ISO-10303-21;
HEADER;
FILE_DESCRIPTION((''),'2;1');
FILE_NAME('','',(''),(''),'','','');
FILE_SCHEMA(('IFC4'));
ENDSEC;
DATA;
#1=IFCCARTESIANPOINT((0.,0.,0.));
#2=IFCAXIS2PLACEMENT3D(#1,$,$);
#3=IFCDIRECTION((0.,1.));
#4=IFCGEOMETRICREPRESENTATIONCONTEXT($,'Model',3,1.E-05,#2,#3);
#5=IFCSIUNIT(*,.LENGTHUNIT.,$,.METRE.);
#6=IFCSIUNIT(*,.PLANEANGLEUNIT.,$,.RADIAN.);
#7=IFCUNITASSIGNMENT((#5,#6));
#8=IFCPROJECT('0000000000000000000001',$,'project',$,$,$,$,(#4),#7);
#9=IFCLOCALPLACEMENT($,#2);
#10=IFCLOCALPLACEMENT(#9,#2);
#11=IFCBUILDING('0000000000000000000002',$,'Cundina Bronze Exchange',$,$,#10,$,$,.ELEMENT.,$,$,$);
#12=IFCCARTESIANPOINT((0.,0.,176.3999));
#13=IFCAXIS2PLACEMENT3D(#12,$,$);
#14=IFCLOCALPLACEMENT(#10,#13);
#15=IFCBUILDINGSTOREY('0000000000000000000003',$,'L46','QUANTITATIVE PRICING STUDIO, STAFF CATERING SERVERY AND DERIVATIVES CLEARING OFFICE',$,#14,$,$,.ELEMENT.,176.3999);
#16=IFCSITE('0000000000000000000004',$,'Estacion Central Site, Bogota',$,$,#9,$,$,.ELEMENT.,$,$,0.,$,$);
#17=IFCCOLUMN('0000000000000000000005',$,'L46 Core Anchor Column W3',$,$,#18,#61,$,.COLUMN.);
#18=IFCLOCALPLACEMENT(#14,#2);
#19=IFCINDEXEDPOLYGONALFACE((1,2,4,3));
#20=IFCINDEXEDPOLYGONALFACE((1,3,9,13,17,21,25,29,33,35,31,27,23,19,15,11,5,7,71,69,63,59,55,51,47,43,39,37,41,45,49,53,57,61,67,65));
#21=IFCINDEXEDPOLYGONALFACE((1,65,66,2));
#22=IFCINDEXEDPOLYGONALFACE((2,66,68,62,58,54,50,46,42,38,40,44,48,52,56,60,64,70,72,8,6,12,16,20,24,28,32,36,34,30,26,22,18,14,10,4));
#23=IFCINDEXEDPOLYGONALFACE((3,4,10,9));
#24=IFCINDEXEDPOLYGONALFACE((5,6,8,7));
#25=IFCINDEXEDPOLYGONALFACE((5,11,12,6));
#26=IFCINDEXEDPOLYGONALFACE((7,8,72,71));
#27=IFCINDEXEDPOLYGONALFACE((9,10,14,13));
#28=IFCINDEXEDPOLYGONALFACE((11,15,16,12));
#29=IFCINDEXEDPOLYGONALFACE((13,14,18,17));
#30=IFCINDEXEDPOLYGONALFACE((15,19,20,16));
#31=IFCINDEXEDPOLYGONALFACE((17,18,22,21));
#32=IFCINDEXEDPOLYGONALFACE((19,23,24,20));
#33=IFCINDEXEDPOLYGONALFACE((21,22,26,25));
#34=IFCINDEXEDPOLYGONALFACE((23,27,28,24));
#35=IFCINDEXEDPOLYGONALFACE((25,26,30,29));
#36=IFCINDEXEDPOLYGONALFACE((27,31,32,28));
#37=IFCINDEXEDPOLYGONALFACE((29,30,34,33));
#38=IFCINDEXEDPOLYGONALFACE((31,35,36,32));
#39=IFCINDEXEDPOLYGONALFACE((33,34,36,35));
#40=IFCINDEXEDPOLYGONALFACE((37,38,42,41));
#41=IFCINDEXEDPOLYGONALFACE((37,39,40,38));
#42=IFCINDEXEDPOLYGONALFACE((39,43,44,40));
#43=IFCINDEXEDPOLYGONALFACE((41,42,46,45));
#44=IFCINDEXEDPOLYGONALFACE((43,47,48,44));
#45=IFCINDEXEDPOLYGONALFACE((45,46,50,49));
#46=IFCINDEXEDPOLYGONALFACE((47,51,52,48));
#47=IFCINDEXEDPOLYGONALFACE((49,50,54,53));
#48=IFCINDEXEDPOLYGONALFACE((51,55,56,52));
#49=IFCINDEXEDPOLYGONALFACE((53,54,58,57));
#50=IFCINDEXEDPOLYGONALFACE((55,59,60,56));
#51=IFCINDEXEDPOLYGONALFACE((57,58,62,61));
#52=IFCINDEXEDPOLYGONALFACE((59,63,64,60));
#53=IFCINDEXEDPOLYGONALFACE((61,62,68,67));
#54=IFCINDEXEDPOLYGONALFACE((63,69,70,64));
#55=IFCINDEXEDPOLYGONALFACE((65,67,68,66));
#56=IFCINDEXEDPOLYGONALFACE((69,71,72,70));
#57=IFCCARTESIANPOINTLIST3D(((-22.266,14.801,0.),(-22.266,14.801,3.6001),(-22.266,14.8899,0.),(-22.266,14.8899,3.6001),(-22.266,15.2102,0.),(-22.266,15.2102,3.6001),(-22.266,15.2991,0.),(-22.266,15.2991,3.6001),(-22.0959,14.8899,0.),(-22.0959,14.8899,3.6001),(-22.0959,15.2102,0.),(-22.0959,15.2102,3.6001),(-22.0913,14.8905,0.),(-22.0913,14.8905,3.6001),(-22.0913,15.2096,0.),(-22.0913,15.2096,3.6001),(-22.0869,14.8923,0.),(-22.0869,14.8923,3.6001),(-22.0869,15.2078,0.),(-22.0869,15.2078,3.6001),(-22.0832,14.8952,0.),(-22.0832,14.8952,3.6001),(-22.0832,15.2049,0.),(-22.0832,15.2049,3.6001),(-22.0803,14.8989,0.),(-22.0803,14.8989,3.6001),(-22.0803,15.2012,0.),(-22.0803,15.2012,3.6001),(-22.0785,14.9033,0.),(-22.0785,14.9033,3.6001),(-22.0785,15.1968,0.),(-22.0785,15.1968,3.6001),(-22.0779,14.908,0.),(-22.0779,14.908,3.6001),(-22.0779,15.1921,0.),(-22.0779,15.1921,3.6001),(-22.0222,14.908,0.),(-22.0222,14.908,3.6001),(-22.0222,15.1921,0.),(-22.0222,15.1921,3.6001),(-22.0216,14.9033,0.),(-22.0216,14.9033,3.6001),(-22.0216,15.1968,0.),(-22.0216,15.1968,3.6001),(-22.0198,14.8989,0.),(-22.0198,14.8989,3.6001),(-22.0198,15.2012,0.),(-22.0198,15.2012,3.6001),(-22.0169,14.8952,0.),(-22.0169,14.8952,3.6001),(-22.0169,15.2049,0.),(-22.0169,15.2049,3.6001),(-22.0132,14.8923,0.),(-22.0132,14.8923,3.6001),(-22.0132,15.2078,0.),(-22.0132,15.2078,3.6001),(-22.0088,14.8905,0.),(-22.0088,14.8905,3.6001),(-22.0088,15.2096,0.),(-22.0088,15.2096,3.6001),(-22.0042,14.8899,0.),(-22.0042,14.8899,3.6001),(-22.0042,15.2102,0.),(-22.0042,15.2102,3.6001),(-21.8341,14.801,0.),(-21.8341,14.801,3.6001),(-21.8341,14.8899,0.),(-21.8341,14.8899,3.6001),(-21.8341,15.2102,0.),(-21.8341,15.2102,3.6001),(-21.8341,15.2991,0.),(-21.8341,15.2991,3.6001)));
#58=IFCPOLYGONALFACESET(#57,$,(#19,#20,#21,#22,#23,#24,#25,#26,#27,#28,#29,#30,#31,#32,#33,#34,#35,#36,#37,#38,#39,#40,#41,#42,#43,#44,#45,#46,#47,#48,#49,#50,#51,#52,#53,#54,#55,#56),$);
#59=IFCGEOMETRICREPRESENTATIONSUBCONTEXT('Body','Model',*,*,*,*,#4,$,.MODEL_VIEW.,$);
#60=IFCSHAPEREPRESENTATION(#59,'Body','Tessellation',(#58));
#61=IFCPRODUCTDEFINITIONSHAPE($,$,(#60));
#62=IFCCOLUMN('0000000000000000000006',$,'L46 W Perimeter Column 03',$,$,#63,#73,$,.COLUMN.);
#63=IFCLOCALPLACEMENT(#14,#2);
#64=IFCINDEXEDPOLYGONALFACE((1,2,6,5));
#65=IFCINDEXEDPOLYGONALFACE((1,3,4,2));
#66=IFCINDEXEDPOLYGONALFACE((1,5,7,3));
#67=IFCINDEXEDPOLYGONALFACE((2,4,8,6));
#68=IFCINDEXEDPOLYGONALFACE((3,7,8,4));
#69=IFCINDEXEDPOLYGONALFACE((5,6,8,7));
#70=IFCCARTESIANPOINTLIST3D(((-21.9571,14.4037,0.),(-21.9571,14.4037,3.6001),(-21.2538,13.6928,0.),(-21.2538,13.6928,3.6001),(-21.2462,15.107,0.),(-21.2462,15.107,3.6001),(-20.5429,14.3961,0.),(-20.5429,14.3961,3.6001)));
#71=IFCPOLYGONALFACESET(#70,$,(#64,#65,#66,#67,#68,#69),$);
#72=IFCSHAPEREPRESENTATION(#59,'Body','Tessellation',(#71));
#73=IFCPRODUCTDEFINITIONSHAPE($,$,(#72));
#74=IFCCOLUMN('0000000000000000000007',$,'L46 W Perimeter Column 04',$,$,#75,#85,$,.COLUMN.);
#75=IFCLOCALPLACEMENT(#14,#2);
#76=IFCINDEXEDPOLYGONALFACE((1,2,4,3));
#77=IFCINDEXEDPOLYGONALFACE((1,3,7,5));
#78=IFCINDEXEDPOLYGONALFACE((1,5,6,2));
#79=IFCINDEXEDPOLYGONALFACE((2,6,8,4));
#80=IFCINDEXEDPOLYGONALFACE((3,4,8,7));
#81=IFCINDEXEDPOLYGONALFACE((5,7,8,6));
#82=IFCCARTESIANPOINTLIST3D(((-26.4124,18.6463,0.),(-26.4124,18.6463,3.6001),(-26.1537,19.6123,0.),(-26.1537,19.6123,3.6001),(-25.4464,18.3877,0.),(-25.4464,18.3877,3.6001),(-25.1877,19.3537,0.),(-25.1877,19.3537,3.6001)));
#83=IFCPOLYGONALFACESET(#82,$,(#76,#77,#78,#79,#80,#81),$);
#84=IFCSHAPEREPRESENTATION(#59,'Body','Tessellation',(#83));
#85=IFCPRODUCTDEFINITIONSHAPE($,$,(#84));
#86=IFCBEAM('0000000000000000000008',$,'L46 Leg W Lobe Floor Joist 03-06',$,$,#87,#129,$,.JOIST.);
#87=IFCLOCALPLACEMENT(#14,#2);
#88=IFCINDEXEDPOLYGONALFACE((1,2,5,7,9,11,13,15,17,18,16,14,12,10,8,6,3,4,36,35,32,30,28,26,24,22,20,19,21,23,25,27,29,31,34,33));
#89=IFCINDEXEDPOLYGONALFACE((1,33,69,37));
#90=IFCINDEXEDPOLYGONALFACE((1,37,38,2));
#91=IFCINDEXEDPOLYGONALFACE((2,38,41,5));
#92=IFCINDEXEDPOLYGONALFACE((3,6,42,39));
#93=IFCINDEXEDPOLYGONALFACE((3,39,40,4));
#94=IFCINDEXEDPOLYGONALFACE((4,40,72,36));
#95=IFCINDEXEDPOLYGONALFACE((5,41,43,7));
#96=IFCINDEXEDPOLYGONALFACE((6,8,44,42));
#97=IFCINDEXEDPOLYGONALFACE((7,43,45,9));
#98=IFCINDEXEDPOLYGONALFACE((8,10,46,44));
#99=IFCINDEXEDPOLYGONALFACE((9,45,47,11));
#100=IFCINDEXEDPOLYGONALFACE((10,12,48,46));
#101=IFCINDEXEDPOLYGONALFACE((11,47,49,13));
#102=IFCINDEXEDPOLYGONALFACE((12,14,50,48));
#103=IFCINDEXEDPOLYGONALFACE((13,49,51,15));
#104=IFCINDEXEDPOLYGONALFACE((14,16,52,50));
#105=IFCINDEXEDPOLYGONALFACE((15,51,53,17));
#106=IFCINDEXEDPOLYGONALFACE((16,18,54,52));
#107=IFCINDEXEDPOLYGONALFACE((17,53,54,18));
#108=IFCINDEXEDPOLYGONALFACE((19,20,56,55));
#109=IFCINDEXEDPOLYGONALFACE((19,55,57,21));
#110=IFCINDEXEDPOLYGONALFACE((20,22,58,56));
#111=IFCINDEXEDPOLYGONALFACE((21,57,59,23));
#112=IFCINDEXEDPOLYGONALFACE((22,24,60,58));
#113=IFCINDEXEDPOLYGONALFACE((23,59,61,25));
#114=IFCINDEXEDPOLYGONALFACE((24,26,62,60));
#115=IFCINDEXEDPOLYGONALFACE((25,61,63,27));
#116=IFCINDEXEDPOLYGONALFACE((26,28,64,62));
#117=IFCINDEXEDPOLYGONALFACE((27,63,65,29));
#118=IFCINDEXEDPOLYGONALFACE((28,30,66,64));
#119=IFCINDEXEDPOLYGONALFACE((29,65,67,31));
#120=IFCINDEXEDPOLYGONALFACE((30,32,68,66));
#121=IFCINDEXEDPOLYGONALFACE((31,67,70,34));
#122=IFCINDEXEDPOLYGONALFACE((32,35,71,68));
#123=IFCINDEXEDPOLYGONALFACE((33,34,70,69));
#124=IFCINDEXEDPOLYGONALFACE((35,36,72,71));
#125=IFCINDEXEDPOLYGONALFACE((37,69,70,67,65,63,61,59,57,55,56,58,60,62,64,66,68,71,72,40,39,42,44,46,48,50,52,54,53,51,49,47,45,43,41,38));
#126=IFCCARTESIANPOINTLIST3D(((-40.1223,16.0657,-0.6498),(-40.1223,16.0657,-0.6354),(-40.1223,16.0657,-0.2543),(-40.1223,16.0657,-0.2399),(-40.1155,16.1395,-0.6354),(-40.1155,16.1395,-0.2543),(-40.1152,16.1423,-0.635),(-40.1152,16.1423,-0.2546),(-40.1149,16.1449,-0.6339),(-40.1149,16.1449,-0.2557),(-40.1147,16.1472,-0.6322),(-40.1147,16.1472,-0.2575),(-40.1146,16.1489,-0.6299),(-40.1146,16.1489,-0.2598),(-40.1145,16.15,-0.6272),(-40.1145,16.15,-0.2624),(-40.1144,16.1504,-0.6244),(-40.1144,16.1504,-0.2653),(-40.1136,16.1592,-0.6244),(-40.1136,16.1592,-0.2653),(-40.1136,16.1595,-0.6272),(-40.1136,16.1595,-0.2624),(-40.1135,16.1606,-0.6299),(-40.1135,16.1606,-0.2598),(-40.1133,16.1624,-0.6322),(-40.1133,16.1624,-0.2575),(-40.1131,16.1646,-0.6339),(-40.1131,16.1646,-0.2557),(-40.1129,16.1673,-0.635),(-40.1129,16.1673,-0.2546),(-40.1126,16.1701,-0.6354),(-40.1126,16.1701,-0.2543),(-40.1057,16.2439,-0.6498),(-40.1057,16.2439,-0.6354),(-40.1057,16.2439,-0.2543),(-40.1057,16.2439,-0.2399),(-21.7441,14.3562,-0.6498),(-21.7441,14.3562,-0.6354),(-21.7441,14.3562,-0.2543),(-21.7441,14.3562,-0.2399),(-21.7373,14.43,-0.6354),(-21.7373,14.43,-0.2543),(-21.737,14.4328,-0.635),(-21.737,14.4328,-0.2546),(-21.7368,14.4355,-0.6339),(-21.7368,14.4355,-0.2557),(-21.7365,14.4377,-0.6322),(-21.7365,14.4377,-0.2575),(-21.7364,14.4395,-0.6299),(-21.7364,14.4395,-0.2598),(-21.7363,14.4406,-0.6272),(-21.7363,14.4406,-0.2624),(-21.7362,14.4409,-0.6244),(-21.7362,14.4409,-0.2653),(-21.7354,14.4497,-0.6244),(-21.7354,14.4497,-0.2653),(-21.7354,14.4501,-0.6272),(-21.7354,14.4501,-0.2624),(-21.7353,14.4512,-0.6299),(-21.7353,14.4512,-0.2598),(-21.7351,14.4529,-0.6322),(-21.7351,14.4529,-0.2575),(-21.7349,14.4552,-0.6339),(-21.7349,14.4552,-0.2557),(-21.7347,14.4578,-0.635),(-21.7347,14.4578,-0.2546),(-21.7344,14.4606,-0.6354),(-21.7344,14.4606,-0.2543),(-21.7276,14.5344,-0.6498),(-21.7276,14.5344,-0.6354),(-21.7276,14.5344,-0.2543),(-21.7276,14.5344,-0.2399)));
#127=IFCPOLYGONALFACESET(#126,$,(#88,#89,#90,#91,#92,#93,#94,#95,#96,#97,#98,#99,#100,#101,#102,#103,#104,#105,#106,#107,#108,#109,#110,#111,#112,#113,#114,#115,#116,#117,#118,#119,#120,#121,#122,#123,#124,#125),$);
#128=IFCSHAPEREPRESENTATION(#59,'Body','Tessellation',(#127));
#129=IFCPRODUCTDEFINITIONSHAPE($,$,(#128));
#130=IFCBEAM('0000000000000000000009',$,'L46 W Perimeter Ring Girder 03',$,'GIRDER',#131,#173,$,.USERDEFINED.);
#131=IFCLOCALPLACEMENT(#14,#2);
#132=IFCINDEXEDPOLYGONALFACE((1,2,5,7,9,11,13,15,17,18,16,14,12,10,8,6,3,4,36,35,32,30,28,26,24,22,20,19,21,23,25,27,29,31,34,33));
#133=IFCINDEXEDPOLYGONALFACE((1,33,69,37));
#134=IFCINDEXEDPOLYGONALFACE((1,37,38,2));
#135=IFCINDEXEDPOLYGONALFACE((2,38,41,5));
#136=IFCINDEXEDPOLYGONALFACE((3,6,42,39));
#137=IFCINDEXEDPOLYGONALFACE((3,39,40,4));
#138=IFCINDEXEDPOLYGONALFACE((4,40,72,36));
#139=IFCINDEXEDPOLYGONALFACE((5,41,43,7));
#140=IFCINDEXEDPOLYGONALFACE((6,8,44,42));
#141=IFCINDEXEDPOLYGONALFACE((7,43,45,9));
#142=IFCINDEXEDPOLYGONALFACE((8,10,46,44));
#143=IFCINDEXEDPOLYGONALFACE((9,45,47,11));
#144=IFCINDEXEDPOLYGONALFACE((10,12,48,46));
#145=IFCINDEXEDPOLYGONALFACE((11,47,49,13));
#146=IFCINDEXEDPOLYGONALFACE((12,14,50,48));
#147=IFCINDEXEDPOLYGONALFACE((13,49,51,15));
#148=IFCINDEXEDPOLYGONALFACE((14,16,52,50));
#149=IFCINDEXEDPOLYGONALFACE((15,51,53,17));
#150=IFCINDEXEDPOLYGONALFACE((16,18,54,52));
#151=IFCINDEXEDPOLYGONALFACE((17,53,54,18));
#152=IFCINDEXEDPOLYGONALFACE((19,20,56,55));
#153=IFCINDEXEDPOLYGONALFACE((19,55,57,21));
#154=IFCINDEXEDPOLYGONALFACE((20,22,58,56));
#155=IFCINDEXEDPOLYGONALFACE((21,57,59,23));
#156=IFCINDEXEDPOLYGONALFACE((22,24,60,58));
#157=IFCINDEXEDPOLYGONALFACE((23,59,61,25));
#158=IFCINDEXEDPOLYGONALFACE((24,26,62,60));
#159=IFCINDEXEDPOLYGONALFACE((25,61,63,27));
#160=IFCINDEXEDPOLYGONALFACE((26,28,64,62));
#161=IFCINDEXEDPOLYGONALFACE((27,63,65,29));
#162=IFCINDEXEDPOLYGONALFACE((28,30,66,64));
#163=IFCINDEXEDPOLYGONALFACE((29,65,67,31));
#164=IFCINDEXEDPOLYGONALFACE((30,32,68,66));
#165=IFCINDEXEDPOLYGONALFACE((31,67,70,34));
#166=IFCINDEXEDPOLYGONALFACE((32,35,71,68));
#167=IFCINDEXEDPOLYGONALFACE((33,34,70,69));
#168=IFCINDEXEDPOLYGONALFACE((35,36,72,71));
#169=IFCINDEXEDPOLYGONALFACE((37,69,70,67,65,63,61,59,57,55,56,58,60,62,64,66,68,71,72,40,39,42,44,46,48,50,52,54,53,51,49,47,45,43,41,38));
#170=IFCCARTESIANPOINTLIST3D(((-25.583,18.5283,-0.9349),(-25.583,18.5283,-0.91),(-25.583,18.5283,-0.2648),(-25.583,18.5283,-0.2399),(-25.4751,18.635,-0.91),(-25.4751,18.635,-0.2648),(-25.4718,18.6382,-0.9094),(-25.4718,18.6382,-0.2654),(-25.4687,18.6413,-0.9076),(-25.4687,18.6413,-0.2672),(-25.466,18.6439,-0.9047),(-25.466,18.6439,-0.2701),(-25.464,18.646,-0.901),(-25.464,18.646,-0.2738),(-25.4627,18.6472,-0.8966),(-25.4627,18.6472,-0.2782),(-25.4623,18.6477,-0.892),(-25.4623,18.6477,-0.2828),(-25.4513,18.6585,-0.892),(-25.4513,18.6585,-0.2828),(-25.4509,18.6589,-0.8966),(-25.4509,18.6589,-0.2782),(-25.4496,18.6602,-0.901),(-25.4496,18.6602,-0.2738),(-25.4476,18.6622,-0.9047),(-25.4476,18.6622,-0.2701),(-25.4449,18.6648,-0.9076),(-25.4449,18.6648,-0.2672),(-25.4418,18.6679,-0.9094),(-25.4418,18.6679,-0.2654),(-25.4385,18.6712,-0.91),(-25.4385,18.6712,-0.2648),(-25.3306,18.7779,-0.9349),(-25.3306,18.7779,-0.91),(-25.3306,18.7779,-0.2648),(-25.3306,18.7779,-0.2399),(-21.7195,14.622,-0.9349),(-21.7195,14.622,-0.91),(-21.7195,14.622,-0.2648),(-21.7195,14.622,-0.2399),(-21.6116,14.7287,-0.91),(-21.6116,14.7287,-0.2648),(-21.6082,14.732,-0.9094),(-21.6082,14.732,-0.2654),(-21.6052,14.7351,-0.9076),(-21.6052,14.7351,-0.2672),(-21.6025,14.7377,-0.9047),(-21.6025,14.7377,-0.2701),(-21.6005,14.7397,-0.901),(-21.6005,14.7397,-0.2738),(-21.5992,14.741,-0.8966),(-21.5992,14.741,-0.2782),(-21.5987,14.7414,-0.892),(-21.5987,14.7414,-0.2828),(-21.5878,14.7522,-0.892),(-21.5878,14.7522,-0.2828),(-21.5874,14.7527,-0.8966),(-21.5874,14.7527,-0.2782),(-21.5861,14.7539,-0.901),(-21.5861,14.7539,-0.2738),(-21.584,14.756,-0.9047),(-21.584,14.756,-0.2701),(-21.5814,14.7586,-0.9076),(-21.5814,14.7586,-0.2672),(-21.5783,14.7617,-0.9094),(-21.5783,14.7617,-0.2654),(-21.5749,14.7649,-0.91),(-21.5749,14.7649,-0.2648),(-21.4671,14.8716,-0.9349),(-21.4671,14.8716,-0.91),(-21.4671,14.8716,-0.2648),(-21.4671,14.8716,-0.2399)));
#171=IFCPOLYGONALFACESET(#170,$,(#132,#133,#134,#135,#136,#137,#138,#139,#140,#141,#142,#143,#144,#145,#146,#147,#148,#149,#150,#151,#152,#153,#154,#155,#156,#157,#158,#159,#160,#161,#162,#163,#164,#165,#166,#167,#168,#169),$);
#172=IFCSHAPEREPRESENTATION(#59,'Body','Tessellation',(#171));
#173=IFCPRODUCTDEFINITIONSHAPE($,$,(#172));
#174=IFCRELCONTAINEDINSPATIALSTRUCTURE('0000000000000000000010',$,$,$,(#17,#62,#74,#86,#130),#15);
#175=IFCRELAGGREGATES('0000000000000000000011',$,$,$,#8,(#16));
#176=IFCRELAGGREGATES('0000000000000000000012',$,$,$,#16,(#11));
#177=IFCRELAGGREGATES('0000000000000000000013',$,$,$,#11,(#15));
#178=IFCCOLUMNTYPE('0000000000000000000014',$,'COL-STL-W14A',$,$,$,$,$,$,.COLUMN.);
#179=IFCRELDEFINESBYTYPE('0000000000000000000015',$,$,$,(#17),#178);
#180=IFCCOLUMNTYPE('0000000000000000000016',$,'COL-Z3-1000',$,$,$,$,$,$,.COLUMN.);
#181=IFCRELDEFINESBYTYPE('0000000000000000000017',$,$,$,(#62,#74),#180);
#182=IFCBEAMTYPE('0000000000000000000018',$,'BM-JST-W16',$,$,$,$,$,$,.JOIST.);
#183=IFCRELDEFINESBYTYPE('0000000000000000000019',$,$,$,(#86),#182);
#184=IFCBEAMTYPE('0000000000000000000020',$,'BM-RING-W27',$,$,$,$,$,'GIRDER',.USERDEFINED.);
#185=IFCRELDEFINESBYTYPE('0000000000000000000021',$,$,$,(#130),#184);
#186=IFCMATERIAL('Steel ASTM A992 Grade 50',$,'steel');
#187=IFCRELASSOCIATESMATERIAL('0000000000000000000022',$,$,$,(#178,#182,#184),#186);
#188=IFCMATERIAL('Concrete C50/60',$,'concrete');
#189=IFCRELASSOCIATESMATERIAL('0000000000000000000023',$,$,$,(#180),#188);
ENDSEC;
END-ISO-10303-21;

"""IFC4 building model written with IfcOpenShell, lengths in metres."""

from ifc_helpers import new_model, si_unit, direction, frame, origin, origin_2d, place, context, subcontext, project, spatial, rectangle, i_section, extrude, material, material_profile, profile_set, type_object, element, save


model = new_model("IFC4")

# Units and contexts
model_context = context("Model", 3, precision=1e-05, world=origin(), true_north=direction((0.0, 1.0)))
body_context = subcontext(model_context, "Body", "Model", "MODEL_VIEW")
ifc_project = project(units=[si_unit("LENGTHUNIT", "METRE"), si_unit("PLANEANGLEUNIT", "RADIAN")], contexts=[model_context])

# Site, building, storey
site_placement = place(None, origin())
site = spatial("IfcSite", under=ifc_project, at=site_placement, Name="Estacion Central Site, Bogota", CompositionType="ELEMENT", RefElevation=0.0)
building_placement = place(site_placement, origin())
building = spatial("IfcBuilding", under=site, at=building_placement, Name="Cundina Bronze Exchange", CompositionType="ELEMENT")
storey_placement = place(building_placement, frame((0.0, 0.0, 176.3999)))
storey = spatial("IfcBuildingStorey", under=building, at=storey_placement, Name="L46", Description="QUANTITATIVE PRICING STUDIO, STAFF CATERING SERVERY AND DERIVATIVES CLEARING OFFICE", CompositionType="ELEMENT", Elevation=176.3999)

# Columns
ifc_material_1 = material(Name="Steel ASTM A992 Grade 50", Category="steel")
ifc_material_profile_1 = material_profile(ifc_material_1, i_section(OverallWidth=0.4319, OverallDepth=0.498, WebThickness=0.0557, FlangeThickness=0.0889, FilletRadius=0.0181, at=origin_2d()), Name="W14X500", Category="steel")
ifc_profile_set_1 = profile_set([ifc_material_profile_1], Name="Steel ASTM A992 Grade 50")
column_type_1 = type_object("IfcColumnType", Name="COL-STL-W14A", PredefinedType="COLUMN", material=ifc_profile_set_1)
column_placement = place(storey_placement, frame((-22.05, 15.05, 0.0), z_axis=(0.0, 0.0, 1.0), x_axis=(1.0, 0.0, 0.0)))
element("IfcColumn", 1, at=column_placement, inside=storey, type_object=column_type_1, Name="L46 Core Anchor Column W3", PredefinedType="COLUMN", context=body_context, shape_type="SweptSolid", body=[
    extrude(i_section(OverallWidth=0.4319, OverallDepth=0.498, WebThickness=0.0557, FlangeThickness=0.0889, FilletRadius=0.0181, at=origin_2d()), origin(), (0.0, 0.0, 1.0), 3.6001),
])
ifc_material_2 = material(Name="Concrete C50/60", Category="concrete")
ifc_material_profile_2 = material_profile(ifc_material_2, rectangle(XDim=1.0, YDim=1.0, at=origin_2d()), Name="RC1000X1000", Category="concrete")
ifc_profile_set_2 = profile_set([ifc_material_profile_2], Name="Concrete C50/60")
column_type_2 = type_object("IfcColumnType", Name="COL-Z3-1000", PredefinedType="COLUMN", material=ifc_profile_set_2)
for number, where, z_axis, x_axis, name in (
    (2, (-21.25, 14.3999, 0.0), (0.0, 0.0, 1.0), (-0.703271, 0.710922, 0.0), "L46 W Perimeter Column 03"),
    (3, (-25.8, 19.0, 0.0), (0.0, 0.0, 1.0), (-0.965971, 0.25865, 0.0), "L46 W Perimeter Column 04"),
):
    element("IfcColumn", number, at=place(storey_placement, frame(where, z_axis=z_axis, x_axis=x_axis)), inside=storey, type_object=column_type_2, Name=name, PredefinedType="COLUMN", context=body_context, shape_type="SweptSolid", body=[
        extrude(rectangle(XDim=1.0, YDim=1.0, at=origin_2d()), origin(), (0.0, 0.0, 1.0), 3.6001),
    ])

# Beams
ifc_material_profile_3 = material_profile(ifc_material_1, i_section(OverallWidth=0.179, OverallDepth=0.4099, WebThickness=0.0088, FlangeThickness=0.0144, FilletRadius=0.011, at=origin_2d()), Name="W16X45", Category="steel")
ifc_profile_set_3 = profile_set([ifc_material_profile_3], Name="Steel ASTM A992 Grade 50")
beam_type_1 = type_object("IfcBeamType", Name="BM-JST-W16", PredefinedType="JOIST", material=ifc_profile_set_3)
beam_1_placement = place(storey_placement, frame((-21.7358, 14.4453, -0.4448), z_axis=(-0.995702, 0.092617, 0.0), x_axis=(-0.092617, -0.995702, 0.0)))
element("IfcBeam", 4, at=beam_1_placement, inside=storey, type_object=beam_type_1, Name="L46 Leg W Lobe Floor Joist 03-06", PredefinedType="JOIST", context=body_context, shape_type="SweptSolid", body=[
    extrude(i_section(OverallWidth=0.179, OverallDepth=0.4099, WebThickness=0.0088, FlangeThickness=0.0144, FilletRadius=0.011, at=origin_2d()), origin(), (0.0, 0.0, 1.0), 18.4575),
])
ifc_material_profile_4 = material_profile(ifc_material_1, i_section(OverallWidth=0.355, OverallDepth=0.6951, WebThickness=0.0154, FlangeThickness=0.0249, FilletRadius=0.0181, at=origin_2d()), Name="W27X146", Category="steel")
ifc_profile_set_4 = profile_set([ifc_material_profile_4], Name="Steel ASTM A992 Grade 50")
beam_type_2 = type_object("IfcBeamType", Name="BM-RING-W27", ElementType="GIRDER", PredefinedType="USERDEFINED", material=ifc_profile_set_4)
beam_2_placement = place(storey_placement, frame((-21.5933, 14.7468, -0.5874), z_axis=(-0.703208, 0.710984, 0.0), x_axis=(-0.710984, -0.703208, 0.0)))
element("IfcBeam", 5, at=beam_2_placement, inside=storey, type_object=beam_type_2, Name="L46 W Perimeter Ring Girder 03", ObjectType="GIRDER", PredefinedType="USERDEFINED", context=body_context, shape_type="SweptSolid", body=[
    extrude(i_section(OverallWidth=0.355, OverallDepth=0.6951, WebThickness=0.0154, FlangeThickness=0.0249, FilletRadius=0.0181, at=origin_2d()), origin(), (0.0, 0.0, 1.0), 5.4941),
])

save(model, "model.ifc")
